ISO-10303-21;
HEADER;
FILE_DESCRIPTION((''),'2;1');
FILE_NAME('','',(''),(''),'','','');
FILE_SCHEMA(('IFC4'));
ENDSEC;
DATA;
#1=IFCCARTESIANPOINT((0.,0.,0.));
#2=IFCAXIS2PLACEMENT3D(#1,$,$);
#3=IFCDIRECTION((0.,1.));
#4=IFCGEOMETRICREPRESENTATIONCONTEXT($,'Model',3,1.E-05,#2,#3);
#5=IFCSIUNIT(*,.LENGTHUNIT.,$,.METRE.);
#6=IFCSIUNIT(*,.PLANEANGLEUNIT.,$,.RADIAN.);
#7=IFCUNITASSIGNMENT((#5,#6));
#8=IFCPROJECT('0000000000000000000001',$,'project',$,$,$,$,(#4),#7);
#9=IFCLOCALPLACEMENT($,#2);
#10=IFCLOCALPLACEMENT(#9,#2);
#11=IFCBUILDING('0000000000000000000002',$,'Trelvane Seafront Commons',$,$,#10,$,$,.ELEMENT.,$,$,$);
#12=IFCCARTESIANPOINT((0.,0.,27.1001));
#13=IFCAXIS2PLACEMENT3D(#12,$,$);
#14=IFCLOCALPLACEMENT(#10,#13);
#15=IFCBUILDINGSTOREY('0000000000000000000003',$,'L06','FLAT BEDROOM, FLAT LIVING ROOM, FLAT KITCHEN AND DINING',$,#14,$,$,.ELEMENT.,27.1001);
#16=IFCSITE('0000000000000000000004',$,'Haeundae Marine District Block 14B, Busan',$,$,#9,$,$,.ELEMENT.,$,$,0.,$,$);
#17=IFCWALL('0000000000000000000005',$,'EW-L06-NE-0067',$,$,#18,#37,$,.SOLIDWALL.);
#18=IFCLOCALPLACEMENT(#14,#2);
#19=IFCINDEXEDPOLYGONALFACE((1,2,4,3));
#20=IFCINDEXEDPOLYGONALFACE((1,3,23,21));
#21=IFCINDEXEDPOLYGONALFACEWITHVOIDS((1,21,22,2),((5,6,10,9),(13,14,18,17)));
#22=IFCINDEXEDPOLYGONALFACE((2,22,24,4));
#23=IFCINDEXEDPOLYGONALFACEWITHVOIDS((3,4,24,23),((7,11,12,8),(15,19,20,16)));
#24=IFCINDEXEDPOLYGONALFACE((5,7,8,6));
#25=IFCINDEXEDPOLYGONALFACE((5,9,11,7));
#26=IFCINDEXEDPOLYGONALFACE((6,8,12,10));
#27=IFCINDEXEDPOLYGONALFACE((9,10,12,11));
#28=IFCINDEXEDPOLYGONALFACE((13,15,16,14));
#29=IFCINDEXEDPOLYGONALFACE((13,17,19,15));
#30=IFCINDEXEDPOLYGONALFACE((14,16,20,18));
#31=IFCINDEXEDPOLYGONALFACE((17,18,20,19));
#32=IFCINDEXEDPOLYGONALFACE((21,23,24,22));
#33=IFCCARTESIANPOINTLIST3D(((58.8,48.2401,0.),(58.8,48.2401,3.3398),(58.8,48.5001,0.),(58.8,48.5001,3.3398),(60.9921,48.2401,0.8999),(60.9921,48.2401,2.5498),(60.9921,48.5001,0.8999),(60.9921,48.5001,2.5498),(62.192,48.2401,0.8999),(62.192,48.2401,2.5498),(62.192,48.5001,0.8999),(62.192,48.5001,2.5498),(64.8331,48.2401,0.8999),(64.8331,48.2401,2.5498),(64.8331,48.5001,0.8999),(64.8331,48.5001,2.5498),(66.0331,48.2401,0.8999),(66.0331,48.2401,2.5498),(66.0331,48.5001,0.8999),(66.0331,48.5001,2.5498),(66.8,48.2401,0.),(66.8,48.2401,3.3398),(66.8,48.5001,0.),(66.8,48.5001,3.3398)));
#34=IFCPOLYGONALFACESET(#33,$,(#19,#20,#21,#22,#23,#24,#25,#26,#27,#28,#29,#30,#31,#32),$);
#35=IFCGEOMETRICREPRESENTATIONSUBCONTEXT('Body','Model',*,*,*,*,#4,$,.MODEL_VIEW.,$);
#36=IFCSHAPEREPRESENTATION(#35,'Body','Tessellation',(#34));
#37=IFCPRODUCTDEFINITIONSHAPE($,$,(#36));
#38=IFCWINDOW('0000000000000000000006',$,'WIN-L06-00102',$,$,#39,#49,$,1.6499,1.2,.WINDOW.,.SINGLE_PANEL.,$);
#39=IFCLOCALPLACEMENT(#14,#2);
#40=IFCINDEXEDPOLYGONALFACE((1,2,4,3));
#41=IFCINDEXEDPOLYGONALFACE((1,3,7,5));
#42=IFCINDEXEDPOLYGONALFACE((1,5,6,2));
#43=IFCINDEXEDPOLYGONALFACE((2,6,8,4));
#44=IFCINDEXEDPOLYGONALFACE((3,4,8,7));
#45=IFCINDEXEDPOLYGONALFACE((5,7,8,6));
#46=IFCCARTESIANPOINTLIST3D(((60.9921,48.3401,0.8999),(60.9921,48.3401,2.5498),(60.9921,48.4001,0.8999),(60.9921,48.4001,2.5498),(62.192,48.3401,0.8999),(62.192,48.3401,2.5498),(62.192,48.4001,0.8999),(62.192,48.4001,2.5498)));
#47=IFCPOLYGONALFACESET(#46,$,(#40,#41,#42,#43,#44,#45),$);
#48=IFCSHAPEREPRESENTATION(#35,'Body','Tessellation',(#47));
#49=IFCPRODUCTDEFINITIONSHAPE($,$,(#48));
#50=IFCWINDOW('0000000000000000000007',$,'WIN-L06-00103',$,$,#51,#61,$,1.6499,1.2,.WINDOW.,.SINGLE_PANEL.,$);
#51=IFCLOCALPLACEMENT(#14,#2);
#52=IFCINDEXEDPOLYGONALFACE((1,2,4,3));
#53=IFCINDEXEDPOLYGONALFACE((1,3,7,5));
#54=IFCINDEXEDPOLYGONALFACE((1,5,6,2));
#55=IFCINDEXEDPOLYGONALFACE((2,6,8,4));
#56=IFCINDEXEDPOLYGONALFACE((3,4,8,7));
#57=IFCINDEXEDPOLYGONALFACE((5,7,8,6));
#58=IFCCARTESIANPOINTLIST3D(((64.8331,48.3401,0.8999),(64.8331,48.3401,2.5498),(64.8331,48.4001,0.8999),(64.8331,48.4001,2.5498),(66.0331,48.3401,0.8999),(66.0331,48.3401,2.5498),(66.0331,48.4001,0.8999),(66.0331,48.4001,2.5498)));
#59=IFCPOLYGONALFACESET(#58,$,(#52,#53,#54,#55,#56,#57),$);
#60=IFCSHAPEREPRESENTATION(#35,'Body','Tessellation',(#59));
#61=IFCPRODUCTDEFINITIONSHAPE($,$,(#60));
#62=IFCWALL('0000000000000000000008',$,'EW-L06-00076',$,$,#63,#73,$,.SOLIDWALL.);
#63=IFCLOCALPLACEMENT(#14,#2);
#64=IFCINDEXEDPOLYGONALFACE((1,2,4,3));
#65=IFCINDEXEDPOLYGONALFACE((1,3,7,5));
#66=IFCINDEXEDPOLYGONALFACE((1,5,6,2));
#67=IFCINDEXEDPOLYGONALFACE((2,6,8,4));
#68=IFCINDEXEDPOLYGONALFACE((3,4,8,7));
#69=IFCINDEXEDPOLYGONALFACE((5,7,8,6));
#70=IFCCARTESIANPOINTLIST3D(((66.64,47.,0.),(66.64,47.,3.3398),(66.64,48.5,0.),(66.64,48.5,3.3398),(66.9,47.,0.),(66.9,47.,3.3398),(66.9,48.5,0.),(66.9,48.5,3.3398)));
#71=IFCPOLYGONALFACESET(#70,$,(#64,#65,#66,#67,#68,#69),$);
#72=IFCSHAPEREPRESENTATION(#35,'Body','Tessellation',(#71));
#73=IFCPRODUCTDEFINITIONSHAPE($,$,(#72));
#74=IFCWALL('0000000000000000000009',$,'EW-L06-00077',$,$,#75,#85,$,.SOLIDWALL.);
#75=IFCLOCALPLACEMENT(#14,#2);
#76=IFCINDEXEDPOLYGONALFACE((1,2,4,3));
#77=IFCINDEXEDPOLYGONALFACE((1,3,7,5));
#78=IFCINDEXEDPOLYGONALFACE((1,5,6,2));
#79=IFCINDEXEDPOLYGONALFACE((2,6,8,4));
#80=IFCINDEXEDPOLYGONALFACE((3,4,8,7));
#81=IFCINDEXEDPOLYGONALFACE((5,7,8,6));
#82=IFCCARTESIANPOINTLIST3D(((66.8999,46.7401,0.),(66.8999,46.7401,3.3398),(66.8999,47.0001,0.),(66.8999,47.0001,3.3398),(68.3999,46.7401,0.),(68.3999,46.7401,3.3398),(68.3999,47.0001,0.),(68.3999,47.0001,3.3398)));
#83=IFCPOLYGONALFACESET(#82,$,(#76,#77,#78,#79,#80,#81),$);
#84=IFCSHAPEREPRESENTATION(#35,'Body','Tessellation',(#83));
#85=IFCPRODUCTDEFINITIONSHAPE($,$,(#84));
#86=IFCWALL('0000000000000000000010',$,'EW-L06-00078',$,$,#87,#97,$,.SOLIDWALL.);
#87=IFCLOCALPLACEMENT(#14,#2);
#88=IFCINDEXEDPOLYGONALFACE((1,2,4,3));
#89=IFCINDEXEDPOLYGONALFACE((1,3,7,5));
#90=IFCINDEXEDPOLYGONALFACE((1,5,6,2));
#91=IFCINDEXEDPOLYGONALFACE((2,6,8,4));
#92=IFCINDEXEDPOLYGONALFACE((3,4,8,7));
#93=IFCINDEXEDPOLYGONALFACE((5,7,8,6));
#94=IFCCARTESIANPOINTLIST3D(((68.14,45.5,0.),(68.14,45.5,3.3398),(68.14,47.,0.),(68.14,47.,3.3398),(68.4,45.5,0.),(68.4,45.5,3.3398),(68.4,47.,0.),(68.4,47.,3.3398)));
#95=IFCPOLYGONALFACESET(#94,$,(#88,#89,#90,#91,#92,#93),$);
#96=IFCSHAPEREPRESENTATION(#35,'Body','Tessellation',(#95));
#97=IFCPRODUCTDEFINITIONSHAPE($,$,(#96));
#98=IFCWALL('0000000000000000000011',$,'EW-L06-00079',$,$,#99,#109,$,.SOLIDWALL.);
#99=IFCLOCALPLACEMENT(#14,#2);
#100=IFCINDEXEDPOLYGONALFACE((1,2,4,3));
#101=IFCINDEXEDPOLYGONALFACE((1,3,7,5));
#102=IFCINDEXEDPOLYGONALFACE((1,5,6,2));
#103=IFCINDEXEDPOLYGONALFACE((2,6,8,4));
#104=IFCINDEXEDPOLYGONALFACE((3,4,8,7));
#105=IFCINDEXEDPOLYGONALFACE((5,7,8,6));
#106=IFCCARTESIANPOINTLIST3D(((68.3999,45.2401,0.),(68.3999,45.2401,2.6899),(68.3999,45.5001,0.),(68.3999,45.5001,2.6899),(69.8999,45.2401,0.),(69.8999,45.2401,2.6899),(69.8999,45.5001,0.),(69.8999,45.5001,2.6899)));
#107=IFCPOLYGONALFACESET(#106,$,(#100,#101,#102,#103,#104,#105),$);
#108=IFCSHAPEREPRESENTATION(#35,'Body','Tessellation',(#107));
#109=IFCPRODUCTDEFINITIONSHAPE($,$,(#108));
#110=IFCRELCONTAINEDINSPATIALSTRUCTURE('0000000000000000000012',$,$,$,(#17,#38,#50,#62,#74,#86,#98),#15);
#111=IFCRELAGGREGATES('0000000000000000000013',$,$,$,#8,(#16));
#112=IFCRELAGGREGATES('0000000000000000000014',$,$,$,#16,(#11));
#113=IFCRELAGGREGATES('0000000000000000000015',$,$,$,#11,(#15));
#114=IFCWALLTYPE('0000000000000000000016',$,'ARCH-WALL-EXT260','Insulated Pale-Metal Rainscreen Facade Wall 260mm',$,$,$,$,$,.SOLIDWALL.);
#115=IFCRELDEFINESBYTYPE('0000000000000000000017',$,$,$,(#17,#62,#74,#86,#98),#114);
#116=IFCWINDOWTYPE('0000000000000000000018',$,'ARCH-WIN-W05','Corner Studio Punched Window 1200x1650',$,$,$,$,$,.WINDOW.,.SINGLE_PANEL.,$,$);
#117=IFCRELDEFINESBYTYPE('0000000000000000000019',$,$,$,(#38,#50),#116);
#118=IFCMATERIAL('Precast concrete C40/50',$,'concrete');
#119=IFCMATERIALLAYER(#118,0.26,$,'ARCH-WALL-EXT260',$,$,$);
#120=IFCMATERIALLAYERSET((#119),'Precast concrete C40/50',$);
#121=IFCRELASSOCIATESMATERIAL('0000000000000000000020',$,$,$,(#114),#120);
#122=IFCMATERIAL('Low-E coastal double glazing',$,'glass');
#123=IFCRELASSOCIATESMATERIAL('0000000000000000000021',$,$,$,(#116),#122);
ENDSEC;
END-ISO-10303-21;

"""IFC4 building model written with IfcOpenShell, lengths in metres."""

from ifc_helpers import new_model, si_unit, direction, frame, frame_2d, origin, place, context, subcontext, project, spatial, rectangle, extrude, source, transform, mapped, material, layer, layer_set, type_object, element, fill, save


model = new_model("IFC4")

# Units and contexts
model_context = context("Model", 3, precision=1e-05, world=origin(), true_north=direction((0.0, 1.0)))
body_context = subcontext(model_context, "Body", "Model", "MODEL_VIEW")
ifc_project = project(units=[si_unit("LENGTHUNIT", "METRE"), si_unit("PLANEANGLEUNIT", "RADIAN")], contexts=[model_context])

# Site, building, storey
site_placement = place(None, origin())
site = spatial("IfcSite", under=ifc_project, at=site_placement, Name="Haeundae Marine District Block 14B, Busan", CompositionType="ELEMENT", RefElevation=0.0)
building_placement = place(site_placement, origin())
building = spatial("IfcBuilding", under=site, at=building_placement, Name="Trelvane Seafront Commons", CompositionType="ELEMENT")
storey_placement = place(building_placement, frame((0.0, 0.0, 27.1001)))
storey = spatial("IfcBuildingStorey", under=building, at=storey_placement, Name="L06", Description="FLAT BEDROOM, FLAT LIVING ROOM, FLAT KITCHEN AND DINING", CompositionType="ELEMENT", Elevation=27.1001)

# Wall, openings, windows
ifc_material_1 = material(Name="Precast concrete C40/50", Category="concrete")
ifc_layer_1 = layer(ifc_material_1, 0.26, Name="ARCH-WALL-EXT260")
ifc_layer_set_1 = layer_set([ifc_layer_1], Name="Precast concrete C40/50")
wall_type_1 = type_object("IfcWallType", Name="ARCH-WALL-EXT260", Description="Insulated Pale-Metal Rainscreen Facade Wall 260mm", PredefinedType="SOLIDWALL", material=ifc_layer_set_1)
wall_1_placement = place(storey_placement, frame((58.8, 48.3701, 0.0), z_axis=(0.0, 0.0, 1.0), x_axis=(1.0, 0.0, 0.0)))
wall_1 = element("IfcWall", 1, at=wall_1_placement, inside=storey, type_object=wall_type_1, Name="EW-L06-NE-0067", PredefinedType="SOLIDWALL", context=body_context, shape_type="SweptSolid", body=[
    extrude(rectangle(XDim=8.0, YDim=0.26, at=frame_2d((4.0, 0.0))), origin(), (0.0, 0.0, 1.0), 3.3398),
])
opening_1_placement = place(wall_1_placement, frame((2.1919, 0.0, 0.8999)))
opening_1 = element("IfcOpeningElement", 2, at=opening_1_placement, cuts=wall_1, PredefinedType="OPENING", context=body_context, shape_type="SweptSolid", body=[
    extrude(rectangle(XDim=1.2, YDim=1.6499, at=frame_2d((0.6001, 0.825))), frame((0.0, 0.1399, 0.0), z_axis=(0.0, -1.0, 0.0), x_axis=(1.0, 0.0, 0.0)), (0.0, 0.0, 1.0), 0.28),
])
opening_2_placement = place(wall_1_placement, frame((6.033, 0.0, 0.8999)))
opening_2 = element("IfcOpeningElement", 3, at=opening_2_placement, cuts=wall_1, PredefinedType="OPENING", context=body_context, shape_type="SweptSolid", body=[
    extrude(rectangle(XDim=1.2, YDim=1.6499, at=frame_2d((0.6001, 0.825))), frame((0.0, 0.1399, 0.0), z_axis=(0.0, -1.0, 0.0), x_axis=(1.0, 0.0, 0.0)), (0.0, 0.0, 1.0), 0.28),
])
ifc_material_2 = material(Name="Low-E coastal double glazing", Category="glass")
window_type_1 = type_object("IfcWindowType", Name="ARCH-WIN-W05", Description="Corner Studio Punched Window 1200x1650", PartitioningType="SINGLE_PANEL", PredefinedType="WINDOW", material=ifc_material_2)
shared_shape_1 = source(origin(), body_context, "Body", "SweptSolid", [
    extrude(rectangle(XDim=1.2, YDim=1.6499, at=frame_2d((0.6001, 0.825))), frame((0.0, 0.03, 0.0), z_axis=(0.0, -1.0, 0.0), x_axis=(1.0, 0.0, 0.0)), (0.0, 0.0, 1.0), 0.0601),
])
window_1_placement = place(opening_1_placement, origin())
window_1 = element("IfcWindow", 4, at=window_1_placement, inside=storey, type_object=window_type_1, Name="WIN-L06-00102", OverallHeight=1.6499, OverallWidth=1.2, PartitioningType="SINGLE_PANEL", PredefinedType="WINDOW", context=body_context, shape_type="MappedRepresentation", body=[
    mapped(shared_shape_1, transform((0.0, 0.0, 0.0), x_axis=(1.0, 0.0, 0.0), y_axis=(0.0, 1.0, 0.0), z_axis=(0.0, 0.0, 1.0), scale=1.0)),
])
fill(opening_1, window_1)
window_2_placement = place(opening_2_placement, origin())
window_2 = element("IfcWindow", 5, at=window_2_placement, inside=storey, type_object=window_type_1, Name="WIN-L06-00103", OverallHeight=1.6499, OverallWidth=1.2, PartitioningType="SINGLE_PANEL", PredefinedType="WINDOW", context=body_context, shape_type="MappedRepresentation", body=[
    mapped(shared_shape_1, transform((0.0, 0.0, 0.0), x_axis=(1.0, 0.0, 0.0), y_axis=(0.0, 1.0, 0.0), z_axis=(0.0, 0.0, 1.0), scale=1.0)),
])
fill(opening_2, window_2)

# Walls
for number, where, z_axis, x_axis, name in (
    (6, (66.77, 48.5, 0.0), (0.0, 0.0, 1.0), (0.0, -1.0, 0.0), "EW-L06-00076"),
    (7, (66.8999, 46.8701, 0.0), (0.0, 0.0, 1.0), (1.0, 0.0, 0.0), "EW-L06-00077"),
    (8, (68.27, 47.0, 0.0), (0.0, 0.0, 1.0), (0.0, -1.0, 0.0), "EW-L06-00078"),
):
    element("IfcWall", number, at=place(storey_placement, frame(where, z_axis=z_axis, x_axis=x_axis)), inside=storey, type_object=wall_type_1, Name=name, PredefinedType="SOLIDWALL", context=body_context, shape_type="SweptSolid", body=[
        extrude(rectangle(XDim=1.5, YDim=0.26, at=frame_2d((0.75, 0.0))), origin(), (0.0, 0.0, 1.0), 3.3398),
    ])
wall_2_placement = place(storey_placement, frame((68.3999, 45.3701, 0.0), z_axis=(0.0, 0.0, 1.0), x_axis=(1.0, 0.0, 0.0)))
element("IfcWall", 9, at=wall_2_placement, inside=storey, type_object=wall_type_1, Name="EW-L06-00079", PredefinedType="SOLIDWALL", context=body_context, shape_type="SweptSolid", body=[
    extrude(rectangle(XDim=1.5, YDim=0.26, at=frame_2d((0.75, 0.0))), origin(), (0.0, 0.0, 1.0), 2.6899),
])

save(model, "model.ifc")
